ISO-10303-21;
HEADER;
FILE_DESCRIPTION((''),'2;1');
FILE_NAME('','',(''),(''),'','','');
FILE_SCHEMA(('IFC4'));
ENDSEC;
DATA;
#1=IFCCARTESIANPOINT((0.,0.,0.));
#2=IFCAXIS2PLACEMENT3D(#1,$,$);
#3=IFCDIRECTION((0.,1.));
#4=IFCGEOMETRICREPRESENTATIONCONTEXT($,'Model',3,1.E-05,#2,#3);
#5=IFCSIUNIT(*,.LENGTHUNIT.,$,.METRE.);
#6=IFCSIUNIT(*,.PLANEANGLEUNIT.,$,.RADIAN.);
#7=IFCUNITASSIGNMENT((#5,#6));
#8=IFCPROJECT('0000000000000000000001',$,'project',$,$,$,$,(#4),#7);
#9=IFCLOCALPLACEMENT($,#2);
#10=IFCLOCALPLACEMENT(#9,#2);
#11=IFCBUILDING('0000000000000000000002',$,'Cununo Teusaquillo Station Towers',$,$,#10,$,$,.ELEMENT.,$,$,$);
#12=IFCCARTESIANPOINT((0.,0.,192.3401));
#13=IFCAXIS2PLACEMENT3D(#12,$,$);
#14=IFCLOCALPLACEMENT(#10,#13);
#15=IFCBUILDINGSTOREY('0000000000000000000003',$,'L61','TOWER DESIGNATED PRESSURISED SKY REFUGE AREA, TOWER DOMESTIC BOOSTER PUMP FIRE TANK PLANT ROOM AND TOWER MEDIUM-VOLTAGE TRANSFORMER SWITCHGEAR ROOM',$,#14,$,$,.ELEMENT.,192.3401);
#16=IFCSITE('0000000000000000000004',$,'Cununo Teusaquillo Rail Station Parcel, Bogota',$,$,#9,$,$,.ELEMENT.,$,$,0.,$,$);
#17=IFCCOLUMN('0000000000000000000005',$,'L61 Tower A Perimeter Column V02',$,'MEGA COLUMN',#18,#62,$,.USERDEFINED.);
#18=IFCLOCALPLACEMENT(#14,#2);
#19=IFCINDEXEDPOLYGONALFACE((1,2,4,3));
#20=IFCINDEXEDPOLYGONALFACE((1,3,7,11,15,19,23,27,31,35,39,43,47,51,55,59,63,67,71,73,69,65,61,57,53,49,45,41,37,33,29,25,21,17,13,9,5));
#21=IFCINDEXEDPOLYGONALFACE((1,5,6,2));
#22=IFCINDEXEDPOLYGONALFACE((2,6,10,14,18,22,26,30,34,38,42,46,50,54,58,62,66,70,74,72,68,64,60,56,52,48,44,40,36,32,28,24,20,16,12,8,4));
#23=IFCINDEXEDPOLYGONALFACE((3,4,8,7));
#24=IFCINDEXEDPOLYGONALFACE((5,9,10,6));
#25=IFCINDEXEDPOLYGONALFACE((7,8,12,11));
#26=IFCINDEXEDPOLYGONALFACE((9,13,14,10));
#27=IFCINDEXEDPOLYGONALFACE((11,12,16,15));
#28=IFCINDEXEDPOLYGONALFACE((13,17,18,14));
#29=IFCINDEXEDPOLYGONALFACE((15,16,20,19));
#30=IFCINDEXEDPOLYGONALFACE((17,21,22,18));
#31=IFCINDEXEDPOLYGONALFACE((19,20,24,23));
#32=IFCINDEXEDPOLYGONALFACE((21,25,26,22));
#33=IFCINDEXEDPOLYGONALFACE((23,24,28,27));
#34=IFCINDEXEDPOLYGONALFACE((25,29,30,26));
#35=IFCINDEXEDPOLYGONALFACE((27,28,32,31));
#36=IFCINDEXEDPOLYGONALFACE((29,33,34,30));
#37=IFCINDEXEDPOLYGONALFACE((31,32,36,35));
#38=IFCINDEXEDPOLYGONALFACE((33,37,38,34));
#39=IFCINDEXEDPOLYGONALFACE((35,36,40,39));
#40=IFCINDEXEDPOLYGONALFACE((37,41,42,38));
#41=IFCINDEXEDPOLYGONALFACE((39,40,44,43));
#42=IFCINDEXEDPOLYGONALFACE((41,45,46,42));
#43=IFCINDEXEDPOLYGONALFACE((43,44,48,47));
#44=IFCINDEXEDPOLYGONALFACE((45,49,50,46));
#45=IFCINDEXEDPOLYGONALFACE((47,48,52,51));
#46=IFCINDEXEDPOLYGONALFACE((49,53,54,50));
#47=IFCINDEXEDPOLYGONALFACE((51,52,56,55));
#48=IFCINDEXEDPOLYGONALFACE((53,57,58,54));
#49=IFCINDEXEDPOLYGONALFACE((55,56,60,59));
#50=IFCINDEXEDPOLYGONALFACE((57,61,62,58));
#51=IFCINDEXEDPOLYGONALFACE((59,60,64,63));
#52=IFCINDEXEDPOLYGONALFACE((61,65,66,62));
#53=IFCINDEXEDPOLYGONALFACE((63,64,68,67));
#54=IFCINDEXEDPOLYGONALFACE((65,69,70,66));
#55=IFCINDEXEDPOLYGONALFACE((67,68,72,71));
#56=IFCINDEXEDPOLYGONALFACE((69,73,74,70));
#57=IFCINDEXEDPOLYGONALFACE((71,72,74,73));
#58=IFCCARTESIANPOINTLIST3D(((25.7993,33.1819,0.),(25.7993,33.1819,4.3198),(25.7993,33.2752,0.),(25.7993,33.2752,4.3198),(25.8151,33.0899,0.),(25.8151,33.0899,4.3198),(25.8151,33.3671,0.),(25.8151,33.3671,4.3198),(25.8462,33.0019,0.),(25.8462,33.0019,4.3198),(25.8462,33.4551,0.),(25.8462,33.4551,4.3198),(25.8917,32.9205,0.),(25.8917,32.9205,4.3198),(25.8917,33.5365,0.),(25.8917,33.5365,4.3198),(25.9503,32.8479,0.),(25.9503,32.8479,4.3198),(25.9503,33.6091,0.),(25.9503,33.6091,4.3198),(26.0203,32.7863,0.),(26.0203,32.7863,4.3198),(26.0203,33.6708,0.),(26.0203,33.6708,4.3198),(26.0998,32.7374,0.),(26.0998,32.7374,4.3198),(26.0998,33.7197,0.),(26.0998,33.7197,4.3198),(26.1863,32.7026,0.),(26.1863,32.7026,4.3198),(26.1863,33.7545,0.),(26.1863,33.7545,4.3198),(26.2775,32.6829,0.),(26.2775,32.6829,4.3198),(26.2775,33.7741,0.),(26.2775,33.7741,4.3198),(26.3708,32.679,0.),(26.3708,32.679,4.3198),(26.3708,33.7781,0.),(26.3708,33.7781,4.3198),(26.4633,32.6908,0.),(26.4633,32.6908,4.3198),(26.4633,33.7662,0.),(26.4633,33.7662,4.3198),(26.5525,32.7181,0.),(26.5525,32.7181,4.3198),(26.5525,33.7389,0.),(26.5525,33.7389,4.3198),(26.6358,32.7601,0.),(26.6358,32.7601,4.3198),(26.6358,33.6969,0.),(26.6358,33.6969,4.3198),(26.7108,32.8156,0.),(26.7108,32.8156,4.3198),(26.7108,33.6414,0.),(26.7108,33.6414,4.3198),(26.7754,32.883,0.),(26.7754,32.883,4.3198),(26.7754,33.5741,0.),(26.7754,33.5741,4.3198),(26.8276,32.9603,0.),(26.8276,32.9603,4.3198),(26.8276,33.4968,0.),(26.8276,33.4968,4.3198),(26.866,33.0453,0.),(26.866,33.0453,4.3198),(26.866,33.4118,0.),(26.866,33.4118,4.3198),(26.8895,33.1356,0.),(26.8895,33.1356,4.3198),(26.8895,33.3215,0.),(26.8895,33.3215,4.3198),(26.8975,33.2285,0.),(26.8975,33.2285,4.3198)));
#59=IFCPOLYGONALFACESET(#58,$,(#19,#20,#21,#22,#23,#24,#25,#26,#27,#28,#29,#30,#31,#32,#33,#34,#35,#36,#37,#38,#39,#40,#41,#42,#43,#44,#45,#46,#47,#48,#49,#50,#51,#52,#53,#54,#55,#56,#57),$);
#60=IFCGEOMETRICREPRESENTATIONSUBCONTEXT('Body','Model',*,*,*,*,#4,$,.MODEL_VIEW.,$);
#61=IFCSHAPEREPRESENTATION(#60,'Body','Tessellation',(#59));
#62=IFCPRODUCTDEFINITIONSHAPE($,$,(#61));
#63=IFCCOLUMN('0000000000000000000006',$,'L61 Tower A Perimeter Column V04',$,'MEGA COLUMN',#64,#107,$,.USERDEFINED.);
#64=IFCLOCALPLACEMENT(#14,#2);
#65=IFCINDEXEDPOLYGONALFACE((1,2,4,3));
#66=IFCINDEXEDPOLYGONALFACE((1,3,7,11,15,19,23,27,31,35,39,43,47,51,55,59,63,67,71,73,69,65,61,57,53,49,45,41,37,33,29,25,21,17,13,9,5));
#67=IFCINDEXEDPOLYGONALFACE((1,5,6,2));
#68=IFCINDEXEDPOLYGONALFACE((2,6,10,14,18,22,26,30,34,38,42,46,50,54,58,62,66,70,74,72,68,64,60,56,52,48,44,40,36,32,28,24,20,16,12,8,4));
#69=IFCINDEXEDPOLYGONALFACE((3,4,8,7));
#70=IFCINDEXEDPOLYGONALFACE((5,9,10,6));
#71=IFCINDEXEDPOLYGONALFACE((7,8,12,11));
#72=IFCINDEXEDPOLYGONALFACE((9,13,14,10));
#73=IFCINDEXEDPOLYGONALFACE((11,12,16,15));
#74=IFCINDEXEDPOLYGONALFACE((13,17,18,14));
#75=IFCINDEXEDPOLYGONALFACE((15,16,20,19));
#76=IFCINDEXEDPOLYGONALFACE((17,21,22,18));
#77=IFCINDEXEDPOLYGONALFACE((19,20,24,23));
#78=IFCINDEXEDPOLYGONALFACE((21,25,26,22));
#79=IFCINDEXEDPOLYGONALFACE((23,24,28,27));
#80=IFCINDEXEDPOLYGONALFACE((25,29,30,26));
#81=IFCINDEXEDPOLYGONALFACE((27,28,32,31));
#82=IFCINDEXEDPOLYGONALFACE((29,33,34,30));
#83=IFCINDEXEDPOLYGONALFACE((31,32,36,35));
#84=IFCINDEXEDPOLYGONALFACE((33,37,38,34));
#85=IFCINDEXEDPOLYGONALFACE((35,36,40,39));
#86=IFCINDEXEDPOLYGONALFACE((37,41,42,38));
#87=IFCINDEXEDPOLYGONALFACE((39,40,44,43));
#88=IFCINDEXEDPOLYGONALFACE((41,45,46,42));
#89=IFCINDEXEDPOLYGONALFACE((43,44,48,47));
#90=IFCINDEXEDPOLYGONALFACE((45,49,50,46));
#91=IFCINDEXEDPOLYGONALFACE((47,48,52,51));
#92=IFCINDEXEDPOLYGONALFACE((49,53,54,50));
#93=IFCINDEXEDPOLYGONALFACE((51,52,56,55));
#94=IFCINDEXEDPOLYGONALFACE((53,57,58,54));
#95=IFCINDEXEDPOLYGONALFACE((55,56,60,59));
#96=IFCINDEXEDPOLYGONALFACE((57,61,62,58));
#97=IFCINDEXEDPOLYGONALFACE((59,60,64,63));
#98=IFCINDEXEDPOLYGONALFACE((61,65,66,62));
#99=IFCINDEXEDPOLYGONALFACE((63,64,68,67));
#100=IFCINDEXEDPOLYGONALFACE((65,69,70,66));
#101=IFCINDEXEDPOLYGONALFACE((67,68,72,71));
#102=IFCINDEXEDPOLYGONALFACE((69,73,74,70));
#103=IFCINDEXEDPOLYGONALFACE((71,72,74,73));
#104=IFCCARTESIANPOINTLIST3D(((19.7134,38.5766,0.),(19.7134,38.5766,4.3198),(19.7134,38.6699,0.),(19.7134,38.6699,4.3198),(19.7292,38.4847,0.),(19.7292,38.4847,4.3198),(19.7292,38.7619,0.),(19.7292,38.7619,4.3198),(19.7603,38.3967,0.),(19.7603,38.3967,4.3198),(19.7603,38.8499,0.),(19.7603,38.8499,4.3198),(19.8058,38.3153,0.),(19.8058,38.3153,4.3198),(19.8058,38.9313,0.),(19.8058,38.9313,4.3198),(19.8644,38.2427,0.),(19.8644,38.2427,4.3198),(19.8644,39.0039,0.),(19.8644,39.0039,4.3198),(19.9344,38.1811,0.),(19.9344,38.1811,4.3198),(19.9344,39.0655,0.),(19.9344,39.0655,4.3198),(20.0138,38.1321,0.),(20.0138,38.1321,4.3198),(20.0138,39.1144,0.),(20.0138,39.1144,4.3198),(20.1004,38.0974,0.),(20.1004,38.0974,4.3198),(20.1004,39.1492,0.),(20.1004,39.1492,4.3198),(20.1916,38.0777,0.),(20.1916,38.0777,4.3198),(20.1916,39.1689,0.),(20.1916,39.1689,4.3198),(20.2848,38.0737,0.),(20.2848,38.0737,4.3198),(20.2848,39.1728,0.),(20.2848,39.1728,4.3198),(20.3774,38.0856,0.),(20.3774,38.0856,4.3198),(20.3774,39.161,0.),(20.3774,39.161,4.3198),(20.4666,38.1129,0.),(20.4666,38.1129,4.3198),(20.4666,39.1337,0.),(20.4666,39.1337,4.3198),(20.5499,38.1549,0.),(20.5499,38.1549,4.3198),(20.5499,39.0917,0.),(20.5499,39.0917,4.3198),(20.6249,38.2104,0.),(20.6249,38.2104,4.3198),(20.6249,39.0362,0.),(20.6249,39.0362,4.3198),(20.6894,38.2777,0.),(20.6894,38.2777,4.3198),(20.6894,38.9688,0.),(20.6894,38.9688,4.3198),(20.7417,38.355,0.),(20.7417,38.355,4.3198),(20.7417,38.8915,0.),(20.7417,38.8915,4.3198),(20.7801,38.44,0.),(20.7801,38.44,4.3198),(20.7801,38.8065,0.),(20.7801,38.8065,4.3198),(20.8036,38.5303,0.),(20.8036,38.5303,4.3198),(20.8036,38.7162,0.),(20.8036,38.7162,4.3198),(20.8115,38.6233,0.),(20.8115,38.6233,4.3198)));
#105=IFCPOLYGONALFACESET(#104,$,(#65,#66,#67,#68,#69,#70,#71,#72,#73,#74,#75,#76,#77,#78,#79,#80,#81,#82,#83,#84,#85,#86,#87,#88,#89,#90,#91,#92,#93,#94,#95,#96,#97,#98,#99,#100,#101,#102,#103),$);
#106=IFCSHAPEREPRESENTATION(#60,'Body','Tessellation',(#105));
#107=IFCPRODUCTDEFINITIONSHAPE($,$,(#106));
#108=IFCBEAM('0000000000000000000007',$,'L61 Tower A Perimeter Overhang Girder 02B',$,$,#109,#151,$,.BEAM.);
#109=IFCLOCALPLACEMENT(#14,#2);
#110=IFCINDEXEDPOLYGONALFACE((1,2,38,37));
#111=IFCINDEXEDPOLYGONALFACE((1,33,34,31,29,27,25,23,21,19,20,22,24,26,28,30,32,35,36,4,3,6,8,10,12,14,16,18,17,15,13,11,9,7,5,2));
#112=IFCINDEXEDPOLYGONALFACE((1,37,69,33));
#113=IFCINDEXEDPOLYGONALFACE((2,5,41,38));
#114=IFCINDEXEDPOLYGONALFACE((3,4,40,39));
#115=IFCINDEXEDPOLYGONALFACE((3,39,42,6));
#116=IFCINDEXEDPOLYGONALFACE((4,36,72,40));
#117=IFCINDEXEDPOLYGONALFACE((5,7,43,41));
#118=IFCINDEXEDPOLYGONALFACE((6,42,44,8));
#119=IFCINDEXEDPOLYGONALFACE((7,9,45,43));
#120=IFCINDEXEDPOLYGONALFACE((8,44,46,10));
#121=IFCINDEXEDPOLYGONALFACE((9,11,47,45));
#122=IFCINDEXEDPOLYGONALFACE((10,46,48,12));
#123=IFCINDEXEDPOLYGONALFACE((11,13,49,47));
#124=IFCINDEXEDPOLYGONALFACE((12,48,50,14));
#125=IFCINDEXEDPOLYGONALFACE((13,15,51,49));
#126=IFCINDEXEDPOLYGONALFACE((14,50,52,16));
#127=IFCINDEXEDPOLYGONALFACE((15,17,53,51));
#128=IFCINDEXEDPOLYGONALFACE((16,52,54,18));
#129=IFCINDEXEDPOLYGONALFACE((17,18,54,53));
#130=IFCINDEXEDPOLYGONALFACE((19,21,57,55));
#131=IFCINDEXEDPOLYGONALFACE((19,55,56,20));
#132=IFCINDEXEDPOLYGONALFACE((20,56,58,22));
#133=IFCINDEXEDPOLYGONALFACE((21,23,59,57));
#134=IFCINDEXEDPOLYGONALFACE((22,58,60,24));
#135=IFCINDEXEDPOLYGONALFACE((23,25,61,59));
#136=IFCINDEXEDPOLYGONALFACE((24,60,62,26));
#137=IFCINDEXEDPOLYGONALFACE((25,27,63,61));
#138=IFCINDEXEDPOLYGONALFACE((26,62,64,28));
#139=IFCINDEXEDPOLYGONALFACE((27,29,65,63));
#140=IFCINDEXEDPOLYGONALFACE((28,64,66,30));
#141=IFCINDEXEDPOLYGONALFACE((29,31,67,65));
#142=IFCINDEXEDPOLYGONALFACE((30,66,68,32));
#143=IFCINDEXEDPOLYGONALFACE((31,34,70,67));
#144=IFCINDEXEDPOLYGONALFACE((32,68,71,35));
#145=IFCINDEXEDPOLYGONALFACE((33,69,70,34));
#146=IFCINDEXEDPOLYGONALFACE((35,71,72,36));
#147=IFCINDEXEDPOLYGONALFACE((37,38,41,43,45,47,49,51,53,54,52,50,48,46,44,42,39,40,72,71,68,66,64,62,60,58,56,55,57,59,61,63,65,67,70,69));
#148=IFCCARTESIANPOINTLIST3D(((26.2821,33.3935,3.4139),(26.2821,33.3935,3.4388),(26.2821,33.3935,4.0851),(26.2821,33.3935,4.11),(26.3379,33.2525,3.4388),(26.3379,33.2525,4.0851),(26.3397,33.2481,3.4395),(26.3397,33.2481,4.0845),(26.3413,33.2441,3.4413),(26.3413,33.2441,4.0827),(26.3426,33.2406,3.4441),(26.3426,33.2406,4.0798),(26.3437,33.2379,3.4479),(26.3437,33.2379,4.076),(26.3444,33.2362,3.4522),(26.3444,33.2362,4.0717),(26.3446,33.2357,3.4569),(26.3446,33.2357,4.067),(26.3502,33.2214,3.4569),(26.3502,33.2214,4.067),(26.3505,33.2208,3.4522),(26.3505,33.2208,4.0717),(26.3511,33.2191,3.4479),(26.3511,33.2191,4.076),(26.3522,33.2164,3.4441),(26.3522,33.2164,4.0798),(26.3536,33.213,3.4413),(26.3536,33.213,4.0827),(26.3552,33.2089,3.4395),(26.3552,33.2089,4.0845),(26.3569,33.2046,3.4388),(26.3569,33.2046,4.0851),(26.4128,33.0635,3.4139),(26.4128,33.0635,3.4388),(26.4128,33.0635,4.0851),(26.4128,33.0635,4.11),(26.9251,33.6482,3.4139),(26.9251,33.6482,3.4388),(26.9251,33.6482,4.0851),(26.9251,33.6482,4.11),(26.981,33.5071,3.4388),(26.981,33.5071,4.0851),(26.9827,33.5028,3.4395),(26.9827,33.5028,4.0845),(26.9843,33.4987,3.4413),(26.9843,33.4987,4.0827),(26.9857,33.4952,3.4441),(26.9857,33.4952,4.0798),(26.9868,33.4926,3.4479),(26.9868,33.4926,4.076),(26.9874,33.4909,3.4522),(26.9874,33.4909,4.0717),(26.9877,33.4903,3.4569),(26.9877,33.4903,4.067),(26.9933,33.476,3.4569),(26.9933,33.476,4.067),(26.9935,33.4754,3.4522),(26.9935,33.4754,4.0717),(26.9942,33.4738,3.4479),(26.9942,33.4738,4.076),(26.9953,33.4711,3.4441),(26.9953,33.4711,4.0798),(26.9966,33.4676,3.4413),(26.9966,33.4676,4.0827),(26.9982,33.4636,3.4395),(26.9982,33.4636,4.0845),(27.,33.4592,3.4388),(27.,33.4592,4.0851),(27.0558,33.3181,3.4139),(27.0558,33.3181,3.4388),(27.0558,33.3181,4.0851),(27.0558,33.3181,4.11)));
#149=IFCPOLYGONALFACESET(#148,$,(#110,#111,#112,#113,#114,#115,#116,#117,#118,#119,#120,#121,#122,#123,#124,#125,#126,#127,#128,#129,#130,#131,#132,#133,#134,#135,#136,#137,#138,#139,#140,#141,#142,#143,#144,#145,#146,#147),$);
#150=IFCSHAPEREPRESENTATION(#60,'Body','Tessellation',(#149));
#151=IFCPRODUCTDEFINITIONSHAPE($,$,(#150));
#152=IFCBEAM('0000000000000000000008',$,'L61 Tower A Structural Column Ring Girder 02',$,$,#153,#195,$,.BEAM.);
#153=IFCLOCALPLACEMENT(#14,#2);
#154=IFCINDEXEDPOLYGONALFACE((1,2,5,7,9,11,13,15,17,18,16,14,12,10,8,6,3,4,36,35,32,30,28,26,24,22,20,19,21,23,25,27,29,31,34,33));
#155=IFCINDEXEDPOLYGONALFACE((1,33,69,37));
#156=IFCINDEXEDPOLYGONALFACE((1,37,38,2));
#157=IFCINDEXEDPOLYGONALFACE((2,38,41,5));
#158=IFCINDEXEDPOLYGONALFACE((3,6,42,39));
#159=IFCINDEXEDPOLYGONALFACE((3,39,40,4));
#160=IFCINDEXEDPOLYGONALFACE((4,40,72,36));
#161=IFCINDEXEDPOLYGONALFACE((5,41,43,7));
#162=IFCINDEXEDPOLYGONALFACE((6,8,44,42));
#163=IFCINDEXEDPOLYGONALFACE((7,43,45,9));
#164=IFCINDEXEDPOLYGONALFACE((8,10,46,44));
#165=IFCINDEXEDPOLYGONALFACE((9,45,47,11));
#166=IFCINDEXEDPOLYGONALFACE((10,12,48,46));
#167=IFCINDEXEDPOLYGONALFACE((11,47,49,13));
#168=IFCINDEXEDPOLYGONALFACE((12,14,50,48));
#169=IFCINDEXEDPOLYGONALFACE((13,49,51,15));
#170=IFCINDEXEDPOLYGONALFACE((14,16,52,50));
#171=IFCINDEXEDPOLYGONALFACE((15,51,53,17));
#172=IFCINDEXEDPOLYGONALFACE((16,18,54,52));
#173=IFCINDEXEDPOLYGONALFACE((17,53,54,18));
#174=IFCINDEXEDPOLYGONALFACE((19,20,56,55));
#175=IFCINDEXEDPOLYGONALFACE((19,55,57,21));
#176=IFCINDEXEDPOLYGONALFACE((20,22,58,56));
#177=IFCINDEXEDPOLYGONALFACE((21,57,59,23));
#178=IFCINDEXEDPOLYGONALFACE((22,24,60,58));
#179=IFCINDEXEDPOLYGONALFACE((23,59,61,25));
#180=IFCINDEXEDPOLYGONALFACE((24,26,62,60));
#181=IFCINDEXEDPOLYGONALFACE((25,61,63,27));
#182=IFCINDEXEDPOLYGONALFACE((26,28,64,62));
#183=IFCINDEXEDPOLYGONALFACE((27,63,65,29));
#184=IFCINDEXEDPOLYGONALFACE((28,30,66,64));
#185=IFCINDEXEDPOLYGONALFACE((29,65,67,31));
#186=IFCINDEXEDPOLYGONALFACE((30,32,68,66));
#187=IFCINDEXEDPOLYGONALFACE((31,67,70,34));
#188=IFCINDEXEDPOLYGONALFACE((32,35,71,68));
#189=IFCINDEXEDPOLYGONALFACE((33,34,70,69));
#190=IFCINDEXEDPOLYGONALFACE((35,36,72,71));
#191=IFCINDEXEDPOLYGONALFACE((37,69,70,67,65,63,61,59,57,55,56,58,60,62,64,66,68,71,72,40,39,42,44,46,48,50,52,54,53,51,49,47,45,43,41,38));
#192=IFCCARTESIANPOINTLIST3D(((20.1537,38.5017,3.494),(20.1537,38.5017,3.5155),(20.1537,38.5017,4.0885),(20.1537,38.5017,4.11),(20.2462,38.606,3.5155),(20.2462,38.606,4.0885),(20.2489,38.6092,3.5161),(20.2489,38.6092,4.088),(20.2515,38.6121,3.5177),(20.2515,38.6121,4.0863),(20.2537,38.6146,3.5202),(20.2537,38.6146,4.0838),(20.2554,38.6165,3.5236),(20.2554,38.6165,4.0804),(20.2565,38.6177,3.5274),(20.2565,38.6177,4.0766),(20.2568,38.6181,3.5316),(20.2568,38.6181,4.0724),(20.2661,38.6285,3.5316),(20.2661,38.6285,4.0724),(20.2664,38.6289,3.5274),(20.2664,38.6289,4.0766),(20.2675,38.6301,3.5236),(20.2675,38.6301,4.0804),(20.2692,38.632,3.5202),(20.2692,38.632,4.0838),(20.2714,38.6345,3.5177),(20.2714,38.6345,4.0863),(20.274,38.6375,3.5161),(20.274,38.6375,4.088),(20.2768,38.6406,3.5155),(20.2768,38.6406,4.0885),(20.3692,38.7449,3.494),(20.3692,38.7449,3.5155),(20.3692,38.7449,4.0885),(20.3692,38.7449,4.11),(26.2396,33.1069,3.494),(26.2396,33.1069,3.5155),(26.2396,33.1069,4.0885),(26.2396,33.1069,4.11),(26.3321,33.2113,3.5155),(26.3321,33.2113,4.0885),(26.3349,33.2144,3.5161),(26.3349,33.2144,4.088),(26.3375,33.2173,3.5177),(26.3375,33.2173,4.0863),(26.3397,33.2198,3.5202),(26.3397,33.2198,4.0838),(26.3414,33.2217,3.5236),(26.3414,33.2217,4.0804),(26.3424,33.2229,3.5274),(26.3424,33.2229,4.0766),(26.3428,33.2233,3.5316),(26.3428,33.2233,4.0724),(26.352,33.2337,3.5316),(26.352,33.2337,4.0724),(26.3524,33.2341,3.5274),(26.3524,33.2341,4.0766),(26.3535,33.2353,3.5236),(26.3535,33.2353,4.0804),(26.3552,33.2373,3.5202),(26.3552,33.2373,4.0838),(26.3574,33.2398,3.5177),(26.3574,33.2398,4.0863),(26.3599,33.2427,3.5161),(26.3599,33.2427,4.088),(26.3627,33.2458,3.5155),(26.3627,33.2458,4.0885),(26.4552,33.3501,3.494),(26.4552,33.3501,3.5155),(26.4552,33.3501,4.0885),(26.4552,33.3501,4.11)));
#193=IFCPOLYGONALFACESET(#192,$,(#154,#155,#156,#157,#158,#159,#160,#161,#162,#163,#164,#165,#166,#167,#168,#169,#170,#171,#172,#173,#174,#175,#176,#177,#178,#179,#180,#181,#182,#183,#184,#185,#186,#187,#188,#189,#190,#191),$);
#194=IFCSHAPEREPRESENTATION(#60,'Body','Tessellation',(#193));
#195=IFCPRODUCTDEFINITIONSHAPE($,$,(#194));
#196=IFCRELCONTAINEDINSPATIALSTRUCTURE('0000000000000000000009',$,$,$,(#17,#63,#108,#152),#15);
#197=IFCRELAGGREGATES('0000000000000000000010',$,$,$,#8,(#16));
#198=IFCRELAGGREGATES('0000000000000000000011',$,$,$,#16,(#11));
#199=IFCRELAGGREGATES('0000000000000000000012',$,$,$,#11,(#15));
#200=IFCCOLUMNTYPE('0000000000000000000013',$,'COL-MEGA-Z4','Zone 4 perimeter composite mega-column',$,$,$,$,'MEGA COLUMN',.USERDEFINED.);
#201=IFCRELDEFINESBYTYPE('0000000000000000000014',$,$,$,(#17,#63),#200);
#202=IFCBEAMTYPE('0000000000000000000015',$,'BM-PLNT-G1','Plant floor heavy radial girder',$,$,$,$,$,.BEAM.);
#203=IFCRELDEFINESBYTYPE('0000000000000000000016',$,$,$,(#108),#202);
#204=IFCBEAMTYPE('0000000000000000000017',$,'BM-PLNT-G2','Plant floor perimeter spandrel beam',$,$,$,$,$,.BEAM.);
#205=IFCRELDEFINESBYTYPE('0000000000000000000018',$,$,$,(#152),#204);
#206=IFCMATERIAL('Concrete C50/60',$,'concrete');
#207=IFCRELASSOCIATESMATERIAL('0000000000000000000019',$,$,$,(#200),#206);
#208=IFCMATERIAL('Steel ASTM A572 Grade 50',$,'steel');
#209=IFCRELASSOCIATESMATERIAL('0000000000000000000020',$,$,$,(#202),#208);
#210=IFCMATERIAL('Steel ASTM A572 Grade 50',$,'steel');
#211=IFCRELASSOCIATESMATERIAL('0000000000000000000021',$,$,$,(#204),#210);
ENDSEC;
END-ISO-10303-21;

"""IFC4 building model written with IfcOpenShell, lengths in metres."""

from ifc_helpers import new_model, si_unit, direction, frame, origin, origin_2d, place, context, subcontext, project, spatial, circle, i_section, extrude, material, material_profile, profile_set, type_object, element, save


model = new_model("IFC4")

# Units and contexts
model_context = context("Model", 3, precision=1e-05, world=origin(), true_north=direction((0.0, 1.0)))
body_context = subcontext(model_context, "Body", "Model", "MODEL_VIEW")
ifc_project = project(units=[si_unit("LENGTHUNIT", "METRE"), si_unit("PLANEANGLEUNIT", "RADIAN")], contexts=[model_context])

# Site, building, storey
site_placement = place(None, origin())
site = spatial("IfcSite", under=ifc_project, at=site_placement, Name="Cununo Teusaquillo Rail Station Parcel, Bogota", CompositionType="ELEMENT", RefElevation=0.0)
building_placement = place(site_placement, origin())
building = spatial("IfcBuilding", under=site, at=building_placement, Name="Cununo Teusaquillo Station Towers", CompositionType="ELEMENT")
storey_placement = place(building_placement, frame((0.0, 0.0, 192.3401)))
storey = spatial("IfcBuildingStorey", under=building, at=storey_placement, Name="L61", Description="TOWER DESIGNATED PRESSURISED SKY REFUGE AREA, TOWER DOMESTIC BOOSTER PUMP FIRE TANK PLANT ROOM AND TOWER MEDIUM-VOLTAGE TRANSFORMER SWITCHGEAR ROOM", CompositionType="ELEMENT", Elevation=192.3401)

# Columns
ifc_material_1 = material(Name="Concrete C50/60", Category="concrete")
ifc_material_profile_1 = material_profile(ifc_material_1, circle(Radius=0.55, at=origin_2d()), Name="RC-CIRC-1100")
ifc_profile_set_1 = profile_set([ifc_material_profile_1], Name="Concrete C50/60")
column_type = type_object("IfcColumnType", Name="COL-MEGA-Z4", Description="Zone 4 perimeter composite mega-column", ElementType="MEGA COLUMN", PredefinedType="USERDEFINED", material=ifc_profile_set_1)
for number, where, z_axis, x_axis, name in (
    (1, (26.3474, 33.2285, 0.0), (0.0, 0.0, 1.0), (1.0, 0.0, 0.0), "L61 Tower A Perimeter Column V02"),
    (2, (20.2615, 38.6233, 0.0), (0.0, 0.0, 1.0), (1.0, 0.0, 0.0), "L61 Tower A Perimeter Column V04"),
):
    element("IfcColumn", number, at=place(storey_placement, frame(where, z_axis=z_axis, x_axis=x_axis)), inside=storey, type_object=column_type, Name=name, ObjectType="MEGA COLUMN", PredefinedType="USERDEFINED", context=body_context, shape_type="SweptSolid", body=[
        extrude(circle(Radius=0.55, at=origin_2d()), origin(), (0.0, 0.0, 1.0), 4.3198),
    ])

# Beams
ifc_material_2 = material(Name="Steel ASTM A572 Grade 50", Category="steel")
ifc_material_profile_2 = material_profile(ifc_material_2, i_section(OverallWidth=0.355, OverallDepth=0.696, WebThickness=0.0154, FlangeThickness=0.0249, FilletRadius=0.0181, at=origin_2d()), Name="W27X146")
ifc_profile_set_2 = profile_set([ifc_material_profile_2], Name="Steel ASTM A572 Grade 50")
beam_type_1 = type_object("IfcBeamType", Name="BM-PLNT-G1", Description="Plant floor heavy radial girder", PredefinedType="BEAM", material=ifc_profile_set_2)
beam_1_placement = place(storey_placement, frame((26.3474, 33.2285, 3.762), z_axis=(0.929761, 0.368163, 0.0), x_axis=(-0.368163, 0.929761, 0.0)))
element("IfcBeam", 3, at=beam_1_placement, inside=storey, type_object=beam_type_1, Name="L61 Tower A Perimeter Overhang Girder 02B", PredefinedType="BEAM", context=body_context, shape_type="SweptSolid", body=[
    extrude(i_section(OverallWidth=0.355, OverallDepth=0.696, WebThickness=0.0154, FlangeThickness=0.0249, FilletRadius=0.0181, at=origin_2d()), origin(), (0.0, 0.0, 1.0), 0.6917),
])
ifc_material_3 = material(Name="Steel ASTM A572 Grade 50", Category="steel")
ifc_material_profile_3 = material_profile(ifc_material_3, i_section(OverallWidth=0.325, OverallDepth=0.616, WebThickness=0.0139, FlangeThickness=0.0215, FilletRadius=0.0161, at=origin_2d()), Name="W24X117")
ifc_profile_set_3 = profile_set([ifc_material_profile_3], Name="Steel ASTM A572 Grade 50")
beam_type_2 = type_object("IfcBeamType", Name="BM-PLNT-G2", Description="Plant floor perimeter spandrel beam", PredefinedType="BEAM", material=ifc_profile_set_3)
beam_2_placement = place(storey_placement, frame((26.3474, 33.2285, 3.802), z_axis=(-0.748321, 0.663337, 0.0), x_axis=(-0.663337, -0.748321, 0.0)))
element("IfcBeam", 4, at=beam_2_placement, inside=storey, type_object=beam_type_2, Name="L61 Tower A Structural Column Ring Girder 02", PredefinedType="BEAM", context=body_context, shape_type="SweptSolid", body=[
    extrude(i_section(OverallWidth=0.325, OverallDepth=0.616, WebThickness=0.0139, FlangeThickness=0.0215, FilletRadius=0.0161, at=origin_2d()), origin(), (0.0, 0.0, 1.0), 8.1328),
])

save(model, "model.ifc")
